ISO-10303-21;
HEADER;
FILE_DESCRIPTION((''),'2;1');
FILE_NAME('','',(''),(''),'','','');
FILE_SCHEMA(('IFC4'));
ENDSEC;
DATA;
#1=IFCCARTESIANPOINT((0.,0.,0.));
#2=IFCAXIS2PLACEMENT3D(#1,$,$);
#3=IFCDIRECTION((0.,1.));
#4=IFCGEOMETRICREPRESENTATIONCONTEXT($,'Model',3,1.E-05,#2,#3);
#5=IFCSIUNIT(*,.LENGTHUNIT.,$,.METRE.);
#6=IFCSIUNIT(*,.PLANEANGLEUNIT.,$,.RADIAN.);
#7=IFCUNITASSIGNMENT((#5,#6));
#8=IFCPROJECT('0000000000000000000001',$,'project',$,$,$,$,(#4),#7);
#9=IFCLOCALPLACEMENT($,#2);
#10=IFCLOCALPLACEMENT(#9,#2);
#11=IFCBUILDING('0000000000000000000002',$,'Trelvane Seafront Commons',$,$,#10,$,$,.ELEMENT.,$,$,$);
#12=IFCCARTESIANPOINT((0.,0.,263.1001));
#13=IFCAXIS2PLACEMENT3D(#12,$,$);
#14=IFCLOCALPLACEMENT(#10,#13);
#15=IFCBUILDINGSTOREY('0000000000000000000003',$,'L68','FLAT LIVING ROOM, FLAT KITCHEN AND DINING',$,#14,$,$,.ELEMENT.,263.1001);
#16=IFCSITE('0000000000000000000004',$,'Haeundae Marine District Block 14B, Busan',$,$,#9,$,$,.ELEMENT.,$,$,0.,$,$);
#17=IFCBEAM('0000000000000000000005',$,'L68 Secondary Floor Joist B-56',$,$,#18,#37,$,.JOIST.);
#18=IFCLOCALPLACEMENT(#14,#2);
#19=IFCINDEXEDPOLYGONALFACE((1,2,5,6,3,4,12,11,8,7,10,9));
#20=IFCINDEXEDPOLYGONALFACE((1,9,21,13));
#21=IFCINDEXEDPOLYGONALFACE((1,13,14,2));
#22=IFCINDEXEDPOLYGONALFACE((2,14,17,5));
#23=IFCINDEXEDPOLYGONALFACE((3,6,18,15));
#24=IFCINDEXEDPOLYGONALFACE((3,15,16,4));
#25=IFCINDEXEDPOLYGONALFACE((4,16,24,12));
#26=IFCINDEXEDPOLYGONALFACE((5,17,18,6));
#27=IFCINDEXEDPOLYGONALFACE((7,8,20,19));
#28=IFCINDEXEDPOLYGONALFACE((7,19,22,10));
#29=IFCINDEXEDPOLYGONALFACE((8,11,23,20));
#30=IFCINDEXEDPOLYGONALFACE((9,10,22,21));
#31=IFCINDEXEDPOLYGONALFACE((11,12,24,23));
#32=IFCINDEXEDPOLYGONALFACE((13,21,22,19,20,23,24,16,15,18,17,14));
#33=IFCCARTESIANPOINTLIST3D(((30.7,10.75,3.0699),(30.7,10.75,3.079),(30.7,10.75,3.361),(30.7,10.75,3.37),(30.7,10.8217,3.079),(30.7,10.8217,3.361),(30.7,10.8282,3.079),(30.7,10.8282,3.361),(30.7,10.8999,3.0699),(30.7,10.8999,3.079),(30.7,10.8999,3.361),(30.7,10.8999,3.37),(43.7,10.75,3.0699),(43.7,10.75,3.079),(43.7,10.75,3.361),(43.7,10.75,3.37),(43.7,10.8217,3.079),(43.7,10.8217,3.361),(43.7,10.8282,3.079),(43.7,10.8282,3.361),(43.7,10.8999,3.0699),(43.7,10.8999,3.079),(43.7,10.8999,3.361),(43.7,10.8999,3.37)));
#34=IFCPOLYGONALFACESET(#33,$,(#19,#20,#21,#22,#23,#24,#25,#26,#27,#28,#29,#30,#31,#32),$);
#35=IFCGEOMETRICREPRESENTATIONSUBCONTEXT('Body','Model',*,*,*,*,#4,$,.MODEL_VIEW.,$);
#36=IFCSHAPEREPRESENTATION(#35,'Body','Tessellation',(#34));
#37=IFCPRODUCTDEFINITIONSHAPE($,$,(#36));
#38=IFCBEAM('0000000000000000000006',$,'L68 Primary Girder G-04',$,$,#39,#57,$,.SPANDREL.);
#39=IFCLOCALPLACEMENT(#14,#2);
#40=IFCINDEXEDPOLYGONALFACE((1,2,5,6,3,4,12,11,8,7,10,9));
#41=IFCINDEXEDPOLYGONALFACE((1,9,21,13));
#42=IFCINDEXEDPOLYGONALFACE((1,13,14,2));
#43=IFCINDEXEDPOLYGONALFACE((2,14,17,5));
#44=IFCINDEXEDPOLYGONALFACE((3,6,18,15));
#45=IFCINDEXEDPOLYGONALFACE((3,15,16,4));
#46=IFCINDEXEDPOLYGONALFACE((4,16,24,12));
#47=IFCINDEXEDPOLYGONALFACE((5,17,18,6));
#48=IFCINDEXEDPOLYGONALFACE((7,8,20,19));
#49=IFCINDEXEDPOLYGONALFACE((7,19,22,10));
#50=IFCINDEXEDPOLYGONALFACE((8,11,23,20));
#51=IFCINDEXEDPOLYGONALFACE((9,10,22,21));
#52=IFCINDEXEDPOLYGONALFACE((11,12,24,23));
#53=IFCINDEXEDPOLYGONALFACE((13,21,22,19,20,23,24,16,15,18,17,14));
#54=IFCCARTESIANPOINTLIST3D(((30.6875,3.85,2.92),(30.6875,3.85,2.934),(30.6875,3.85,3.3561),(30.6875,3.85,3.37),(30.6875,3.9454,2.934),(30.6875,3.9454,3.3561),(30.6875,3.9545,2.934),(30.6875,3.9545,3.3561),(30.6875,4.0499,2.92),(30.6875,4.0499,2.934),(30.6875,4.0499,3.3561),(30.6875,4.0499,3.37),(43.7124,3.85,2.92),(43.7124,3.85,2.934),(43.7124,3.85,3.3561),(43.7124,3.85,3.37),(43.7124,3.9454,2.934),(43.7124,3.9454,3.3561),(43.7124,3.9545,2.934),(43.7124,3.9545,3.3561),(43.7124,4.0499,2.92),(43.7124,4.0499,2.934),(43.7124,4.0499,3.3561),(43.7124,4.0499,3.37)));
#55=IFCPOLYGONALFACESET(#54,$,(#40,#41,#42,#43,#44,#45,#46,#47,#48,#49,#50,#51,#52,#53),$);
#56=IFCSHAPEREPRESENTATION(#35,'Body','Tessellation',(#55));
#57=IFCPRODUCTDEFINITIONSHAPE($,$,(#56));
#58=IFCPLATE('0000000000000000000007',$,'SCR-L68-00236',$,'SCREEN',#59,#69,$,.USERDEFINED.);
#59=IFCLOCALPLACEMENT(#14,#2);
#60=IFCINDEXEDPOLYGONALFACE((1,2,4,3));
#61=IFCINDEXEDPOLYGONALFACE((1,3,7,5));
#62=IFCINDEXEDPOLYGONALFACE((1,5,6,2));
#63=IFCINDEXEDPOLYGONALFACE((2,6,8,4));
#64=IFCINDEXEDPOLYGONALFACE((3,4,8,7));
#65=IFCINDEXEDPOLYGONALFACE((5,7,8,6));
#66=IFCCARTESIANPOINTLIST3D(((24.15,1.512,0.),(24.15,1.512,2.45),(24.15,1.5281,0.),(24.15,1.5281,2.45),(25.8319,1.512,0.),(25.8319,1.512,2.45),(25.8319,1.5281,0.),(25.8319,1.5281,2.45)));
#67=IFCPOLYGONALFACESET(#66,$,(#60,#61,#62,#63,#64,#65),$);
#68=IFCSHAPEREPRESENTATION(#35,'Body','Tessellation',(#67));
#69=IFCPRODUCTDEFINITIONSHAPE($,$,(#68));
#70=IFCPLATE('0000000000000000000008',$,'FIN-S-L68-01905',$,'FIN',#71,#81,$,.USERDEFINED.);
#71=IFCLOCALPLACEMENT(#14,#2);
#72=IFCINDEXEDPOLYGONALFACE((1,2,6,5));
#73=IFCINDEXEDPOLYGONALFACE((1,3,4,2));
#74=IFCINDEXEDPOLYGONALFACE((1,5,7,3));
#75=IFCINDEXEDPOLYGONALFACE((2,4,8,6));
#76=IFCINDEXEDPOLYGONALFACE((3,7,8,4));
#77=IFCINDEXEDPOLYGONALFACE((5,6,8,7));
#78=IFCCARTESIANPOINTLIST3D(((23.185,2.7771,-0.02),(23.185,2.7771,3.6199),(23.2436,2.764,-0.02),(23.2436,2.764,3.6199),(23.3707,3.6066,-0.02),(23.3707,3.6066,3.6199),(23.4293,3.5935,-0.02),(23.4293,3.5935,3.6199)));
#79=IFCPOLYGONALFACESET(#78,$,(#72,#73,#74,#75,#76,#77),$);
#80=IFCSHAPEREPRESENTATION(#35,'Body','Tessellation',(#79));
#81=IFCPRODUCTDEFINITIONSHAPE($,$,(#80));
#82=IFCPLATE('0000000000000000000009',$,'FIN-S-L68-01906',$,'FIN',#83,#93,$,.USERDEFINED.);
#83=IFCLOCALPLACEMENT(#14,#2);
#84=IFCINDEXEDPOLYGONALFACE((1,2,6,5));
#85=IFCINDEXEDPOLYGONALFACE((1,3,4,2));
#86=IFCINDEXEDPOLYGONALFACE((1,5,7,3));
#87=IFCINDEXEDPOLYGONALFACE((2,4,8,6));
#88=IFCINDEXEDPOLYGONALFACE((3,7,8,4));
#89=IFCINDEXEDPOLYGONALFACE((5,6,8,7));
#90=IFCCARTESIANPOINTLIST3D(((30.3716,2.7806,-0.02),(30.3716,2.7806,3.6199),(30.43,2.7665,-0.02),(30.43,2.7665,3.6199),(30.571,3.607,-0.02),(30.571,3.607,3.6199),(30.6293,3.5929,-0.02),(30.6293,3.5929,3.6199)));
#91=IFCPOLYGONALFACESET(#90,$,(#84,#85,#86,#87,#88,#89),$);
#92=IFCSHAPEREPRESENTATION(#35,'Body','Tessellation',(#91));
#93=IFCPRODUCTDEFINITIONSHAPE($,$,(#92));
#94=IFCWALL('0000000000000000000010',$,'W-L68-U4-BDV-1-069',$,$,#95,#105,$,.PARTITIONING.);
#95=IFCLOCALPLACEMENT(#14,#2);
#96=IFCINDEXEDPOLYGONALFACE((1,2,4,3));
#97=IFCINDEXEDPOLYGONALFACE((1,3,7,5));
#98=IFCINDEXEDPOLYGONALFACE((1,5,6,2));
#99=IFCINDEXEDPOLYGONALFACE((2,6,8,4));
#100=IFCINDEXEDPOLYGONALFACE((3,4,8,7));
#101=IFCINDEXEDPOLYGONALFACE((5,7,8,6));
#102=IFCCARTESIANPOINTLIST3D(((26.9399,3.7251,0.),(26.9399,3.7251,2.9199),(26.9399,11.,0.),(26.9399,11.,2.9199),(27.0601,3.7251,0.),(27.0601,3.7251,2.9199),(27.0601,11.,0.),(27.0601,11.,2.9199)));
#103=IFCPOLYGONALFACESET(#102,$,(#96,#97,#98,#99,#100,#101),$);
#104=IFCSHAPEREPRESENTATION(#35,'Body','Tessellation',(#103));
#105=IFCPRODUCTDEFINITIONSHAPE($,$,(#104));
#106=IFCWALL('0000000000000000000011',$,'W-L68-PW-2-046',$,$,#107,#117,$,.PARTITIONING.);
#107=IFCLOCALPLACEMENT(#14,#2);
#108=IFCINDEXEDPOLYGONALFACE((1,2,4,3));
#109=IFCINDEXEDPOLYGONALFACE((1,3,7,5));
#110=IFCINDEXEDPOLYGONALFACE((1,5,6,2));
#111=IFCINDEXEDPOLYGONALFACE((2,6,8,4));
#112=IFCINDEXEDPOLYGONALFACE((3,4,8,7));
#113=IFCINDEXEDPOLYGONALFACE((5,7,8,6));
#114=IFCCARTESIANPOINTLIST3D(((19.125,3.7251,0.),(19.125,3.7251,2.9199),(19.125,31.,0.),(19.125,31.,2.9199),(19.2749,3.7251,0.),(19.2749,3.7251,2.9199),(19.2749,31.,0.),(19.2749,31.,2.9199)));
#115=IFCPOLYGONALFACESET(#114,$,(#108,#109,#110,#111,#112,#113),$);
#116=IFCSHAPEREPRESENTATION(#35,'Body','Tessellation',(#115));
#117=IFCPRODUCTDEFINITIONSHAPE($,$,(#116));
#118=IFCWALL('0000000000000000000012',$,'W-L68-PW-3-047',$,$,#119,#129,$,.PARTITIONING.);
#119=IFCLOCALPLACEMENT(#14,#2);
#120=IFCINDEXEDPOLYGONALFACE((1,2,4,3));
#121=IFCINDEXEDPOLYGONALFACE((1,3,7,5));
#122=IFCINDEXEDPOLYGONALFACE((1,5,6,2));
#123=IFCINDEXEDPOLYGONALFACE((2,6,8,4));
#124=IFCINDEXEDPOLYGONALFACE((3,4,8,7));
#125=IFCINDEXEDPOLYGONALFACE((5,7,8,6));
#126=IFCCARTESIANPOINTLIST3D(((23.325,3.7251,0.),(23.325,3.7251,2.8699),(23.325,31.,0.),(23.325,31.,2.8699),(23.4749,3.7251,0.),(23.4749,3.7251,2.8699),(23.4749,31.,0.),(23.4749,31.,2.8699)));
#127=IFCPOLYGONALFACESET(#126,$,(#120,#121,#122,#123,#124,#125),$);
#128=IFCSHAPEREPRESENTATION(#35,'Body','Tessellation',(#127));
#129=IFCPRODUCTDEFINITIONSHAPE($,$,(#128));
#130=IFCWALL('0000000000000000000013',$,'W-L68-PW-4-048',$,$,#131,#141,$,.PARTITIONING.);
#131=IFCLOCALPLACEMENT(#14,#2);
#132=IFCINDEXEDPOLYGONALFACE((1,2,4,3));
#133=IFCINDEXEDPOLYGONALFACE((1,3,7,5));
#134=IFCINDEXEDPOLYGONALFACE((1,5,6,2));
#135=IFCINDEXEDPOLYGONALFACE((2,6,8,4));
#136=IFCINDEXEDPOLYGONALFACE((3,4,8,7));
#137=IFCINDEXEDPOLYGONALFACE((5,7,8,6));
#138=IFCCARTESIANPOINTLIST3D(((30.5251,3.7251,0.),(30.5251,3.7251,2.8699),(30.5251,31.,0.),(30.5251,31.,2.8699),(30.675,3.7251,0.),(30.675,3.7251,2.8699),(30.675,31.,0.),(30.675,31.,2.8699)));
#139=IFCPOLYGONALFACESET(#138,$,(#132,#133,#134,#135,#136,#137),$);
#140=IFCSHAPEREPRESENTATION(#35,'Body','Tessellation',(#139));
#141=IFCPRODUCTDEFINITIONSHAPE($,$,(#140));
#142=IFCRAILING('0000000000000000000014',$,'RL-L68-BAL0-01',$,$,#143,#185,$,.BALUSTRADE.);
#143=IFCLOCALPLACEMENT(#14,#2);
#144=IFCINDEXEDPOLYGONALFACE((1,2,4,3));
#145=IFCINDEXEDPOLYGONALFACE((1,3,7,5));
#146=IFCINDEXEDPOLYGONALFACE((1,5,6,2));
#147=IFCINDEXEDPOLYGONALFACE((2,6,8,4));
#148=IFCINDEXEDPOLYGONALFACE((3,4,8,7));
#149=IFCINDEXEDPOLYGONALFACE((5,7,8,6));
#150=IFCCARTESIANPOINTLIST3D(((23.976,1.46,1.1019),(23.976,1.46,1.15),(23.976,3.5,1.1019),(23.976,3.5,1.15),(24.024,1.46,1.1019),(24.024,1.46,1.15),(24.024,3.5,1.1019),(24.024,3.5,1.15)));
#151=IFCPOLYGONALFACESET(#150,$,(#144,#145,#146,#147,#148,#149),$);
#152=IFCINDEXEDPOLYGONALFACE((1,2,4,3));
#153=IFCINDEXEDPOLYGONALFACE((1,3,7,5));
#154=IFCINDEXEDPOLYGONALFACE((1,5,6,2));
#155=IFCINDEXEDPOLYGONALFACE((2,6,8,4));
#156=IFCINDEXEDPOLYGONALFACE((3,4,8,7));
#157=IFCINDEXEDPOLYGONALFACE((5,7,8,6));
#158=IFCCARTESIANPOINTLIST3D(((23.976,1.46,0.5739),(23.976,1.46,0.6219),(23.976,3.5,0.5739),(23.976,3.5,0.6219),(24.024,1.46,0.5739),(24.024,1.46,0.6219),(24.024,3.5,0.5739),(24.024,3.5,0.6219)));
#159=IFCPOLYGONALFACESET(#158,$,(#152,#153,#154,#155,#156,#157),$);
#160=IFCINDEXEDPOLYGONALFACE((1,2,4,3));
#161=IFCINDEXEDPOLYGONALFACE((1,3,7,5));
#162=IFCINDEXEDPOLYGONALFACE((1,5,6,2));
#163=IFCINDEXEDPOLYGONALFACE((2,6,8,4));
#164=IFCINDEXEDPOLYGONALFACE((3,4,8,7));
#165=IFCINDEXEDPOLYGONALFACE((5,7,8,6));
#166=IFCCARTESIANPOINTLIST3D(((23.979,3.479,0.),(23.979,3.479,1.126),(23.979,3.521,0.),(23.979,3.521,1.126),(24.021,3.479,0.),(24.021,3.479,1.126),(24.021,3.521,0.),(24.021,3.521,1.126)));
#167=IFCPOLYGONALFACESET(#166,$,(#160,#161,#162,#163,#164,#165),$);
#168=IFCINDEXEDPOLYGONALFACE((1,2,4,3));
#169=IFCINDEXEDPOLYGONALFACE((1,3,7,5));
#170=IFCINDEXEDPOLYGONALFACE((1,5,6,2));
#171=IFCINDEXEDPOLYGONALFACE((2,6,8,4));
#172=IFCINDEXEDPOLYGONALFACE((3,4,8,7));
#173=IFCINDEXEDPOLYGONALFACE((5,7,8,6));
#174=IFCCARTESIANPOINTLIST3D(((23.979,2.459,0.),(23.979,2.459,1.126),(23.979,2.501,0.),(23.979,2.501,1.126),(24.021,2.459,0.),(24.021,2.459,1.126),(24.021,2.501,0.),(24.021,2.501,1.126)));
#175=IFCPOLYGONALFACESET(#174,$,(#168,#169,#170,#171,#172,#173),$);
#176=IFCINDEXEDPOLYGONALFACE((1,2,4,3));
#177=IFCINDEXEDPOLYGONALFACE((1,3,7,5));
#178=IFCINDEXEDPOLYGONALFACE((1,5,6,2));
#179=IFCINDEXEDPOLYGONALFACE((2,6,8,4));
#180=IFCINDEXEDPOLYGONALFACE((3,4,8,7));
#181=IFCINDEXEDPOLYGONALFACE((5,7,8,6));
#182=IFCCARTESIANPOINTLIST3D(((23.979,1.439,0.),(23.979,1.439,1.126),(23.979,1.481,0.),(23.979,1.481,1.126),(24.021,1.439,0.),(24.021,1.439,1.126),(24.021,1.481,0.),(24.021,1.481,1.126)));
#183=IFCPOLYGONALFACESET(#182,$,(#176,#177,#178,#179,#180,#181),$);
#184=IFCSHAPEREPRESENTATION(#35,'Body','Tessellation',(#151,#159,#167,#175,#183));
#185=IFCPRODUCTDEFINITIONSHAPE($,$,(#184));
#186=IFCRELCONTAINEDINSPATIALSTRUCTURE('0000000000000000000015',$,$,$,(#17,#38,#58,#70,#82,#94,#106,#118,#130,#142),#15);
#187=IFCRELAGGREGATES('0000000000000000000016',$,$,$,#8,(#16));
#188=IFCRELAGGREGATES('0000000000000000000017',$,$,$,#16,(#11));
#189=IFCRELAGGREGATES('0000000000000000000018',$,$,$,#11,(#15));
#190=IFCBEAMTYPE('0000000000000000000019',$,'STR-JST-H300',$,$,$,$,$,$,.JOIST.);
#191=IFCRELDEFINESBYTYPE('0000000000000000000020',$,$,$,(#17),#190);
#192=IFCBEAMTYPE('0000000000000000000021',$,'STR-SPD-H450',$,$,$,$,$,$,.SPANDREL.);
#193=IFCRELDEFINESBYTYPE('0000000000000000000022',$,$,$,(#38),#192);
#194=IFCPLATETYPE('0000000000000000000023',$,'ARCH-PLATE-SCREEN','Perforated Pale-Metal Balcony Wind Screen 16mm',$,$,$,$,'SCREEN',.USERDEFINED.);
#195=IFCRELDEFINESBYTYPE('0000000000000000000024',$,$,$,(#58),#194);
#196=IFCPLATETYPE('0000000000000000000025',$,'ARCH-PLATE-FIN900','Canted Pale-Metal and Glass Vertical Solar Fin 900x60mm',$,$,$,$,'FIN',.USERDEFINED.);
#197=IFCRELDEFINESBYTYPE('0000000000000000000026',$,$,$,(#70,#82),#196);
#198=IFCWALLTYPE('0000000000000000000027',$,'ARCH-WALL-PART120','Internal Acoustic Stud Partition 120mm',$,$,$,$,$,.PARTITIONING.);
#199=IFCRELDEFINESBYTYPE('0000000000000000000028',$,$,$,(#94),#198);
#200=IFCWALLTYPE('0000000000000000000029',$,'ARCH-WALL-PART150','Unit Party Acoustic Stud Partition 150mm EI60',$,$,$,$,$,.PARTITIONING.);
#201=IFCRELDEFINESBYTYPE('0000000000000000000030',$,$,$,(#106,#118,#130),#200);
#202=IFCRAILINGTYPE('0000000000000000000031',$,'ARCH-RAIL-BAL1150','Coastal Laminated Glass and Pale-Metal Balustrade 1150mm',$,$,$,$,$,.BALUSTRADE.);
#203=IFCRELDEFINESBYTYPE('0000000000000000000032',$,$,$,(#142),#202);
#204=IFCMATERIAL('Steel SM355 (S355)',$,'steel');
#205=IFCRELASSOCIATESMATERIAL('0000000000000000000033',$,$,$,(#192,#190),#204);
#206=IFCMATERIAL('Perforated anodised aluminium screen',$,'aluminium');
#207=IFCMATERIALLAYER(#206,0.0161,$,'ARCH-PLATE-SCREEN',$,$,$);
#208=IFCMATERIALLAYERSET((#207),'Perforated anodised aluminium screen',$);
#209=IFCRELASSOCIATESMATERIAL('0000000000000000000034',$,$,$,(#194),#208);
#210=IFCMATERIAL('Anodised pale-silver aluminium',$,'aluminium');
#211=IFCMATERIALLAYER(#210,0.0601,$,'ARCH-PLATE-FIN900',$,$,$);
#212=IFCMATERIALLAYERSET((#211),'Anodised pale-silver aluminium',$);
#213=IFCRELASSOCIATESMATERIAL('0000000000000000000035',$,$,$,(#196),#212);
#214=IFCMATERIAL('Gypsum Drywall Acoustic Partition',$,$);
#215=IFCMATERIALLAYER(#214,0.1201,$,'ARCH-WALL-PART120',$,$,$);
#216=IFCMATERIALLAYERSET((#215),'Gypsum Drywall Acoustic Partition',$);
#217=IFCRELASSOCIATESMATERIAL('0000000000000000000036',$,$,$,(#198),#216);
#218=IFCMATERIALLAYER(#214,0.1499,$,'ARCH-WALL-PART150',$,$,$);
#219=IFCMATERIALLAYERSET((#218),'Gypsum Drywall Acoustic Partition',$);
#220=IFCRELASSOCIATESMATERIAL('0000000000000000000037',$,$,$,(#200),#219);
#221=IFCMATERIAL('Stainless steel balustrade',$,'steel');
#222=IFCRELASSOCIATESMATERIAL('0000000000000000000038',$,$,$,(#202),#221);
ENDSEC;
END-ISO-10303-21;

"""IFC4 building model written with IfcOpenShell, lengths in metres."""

from ifc_helpers import new_model, si_unit, direction, frame, frame_2d, origin, origin_2d, place, context, subcontext, project, spatial, rectangle, i_section, extrude, source, transform, mapped, material, layer, layer_set, material_profile, profile_set, type_object, element, save


model = new_model("IFC4")

# Units and contexts
model_context = context("Model", 3, precision=1e-05, world=origin(), true_north=direction((0.0, 1.0)))
body_context = subcontext(model_context, "Body", "Model", "MODEL_VIEW")
ifc_project = project(units=[si_unit("LENGTHUNIT", "METRE"), si_unit("PLANEANGLEUNIT", "RADIAN")], contexts=[model_context])

# Site, building, storey
site_placement = place(None, origin())
site = spatial("IfcSite", under=ifc_project, at=site_placement, Name="Haeundae Marine District Block 14B, Busan", CompositionType="ELEMENT", RefElevation=0.0)
building_placement = place(site_placement, origin())
building = spatial("IfcBuilding", under=site, at=building_placement, Name="Trelvane Seafront Commons", CompositionType="ELEMENT")
storey_placement = place(building_placement, frame((0.0, 0.0, 263.1001)))
storey = spatial("IfcBuildingStorey", under=building, at=storey_placement, Name="L68", Description="FLAT LIVING ROOM, FLAT KITCHEN AND DINING", CompositionType="ELEMENT", Elevation=263.1001)

# Shared definitions
ifc_material_1 = material(Name="Steel SM355 (S355)", Category="steel")

# Beams
ifc_material_profile_1 = material_profile(ifc_material_1, i_section(OverallWidth=0.2, OverallDepth=0.45, WebThickness=0.009, FlangeThickness=0.0139, at=origin_2d()), Name="H-450x200x9x14")
ifc_profile_set_1 = profile_set([ifc_material_profile_1], Name="Steel SM355 (S355)")
beam_type_1 = type_object("IfcBeamType", Name="STR-SPD-H450", PredefinedType="SPANDREL", material=ifc_profile_set_1)
ifc_material_profile_2 = material_profile(ifc_material_1, i_section(OverallWidth=0.1499, OverallDepth=0.3, WebThickness=0.0066, FlangeThickness=0.009, at=origin_2d()), Name="H-300x150x6.5x9")
ifc_profile_set_2 = profile_set([ifc_material_profile_2], Name="Steel SM355 (S355)")
beam_type_2 = type_object("IfcBeamType", Name="STR-JST-H300", PredefinedType="JOIST", material=ifc_profile_set_2)
shared_shape_1 = source(origin(), body_context, "Body", "SweptSolid", [
    extrude(i_section(OverallWidth=0.1499, OverallDepth=0.3, WebThickness=0.0066, FlangeThickness=0.009, at=origin_2d()), origin(), (0.0, 0.0, 1.0), 13.0),
])
beam_1_placement = place(storey_placement, frame((30.7, 10.825, 3.22), z_axis=(1.0, 0.0, 0.0), x_axis=(0.0, 1.0, 0.0)))
element("IfcBeam", 1, at=beam_1_placement, inside=storey, type_object=beam_type_2, Name="L68 Secondary Floor Joist B-56", PredefinedType="JOIST", context=body_context, shape_type="MappedRepresentation", body=[
    mapped(shared_shape_1, transform((0.0, 0.0, 0.0), x_axis=(1.0, 0.0, 0.0), y_axis=(0.0, 1.0, 0.0), z_axis=(0.0, 0.0, 1.0), scale=1.0)),
])
shared_shape_2 = source(origin(), body_context, "Body", "SweptSolid", [
    extrude(i_section(OverallWidth=0.2, OverallDepth=0.45, WebThickness=0.009, FlangeThickness=0.0139, at=origin_2d()), origin(), (0.0, 0.0, 1.0), 13.0249),
])
beam_2_placement = place(storey_placement, frame((30.6875, 3.95, 3.145), z_axis=(1.0, 0.0, 0.0), x_axis=(0.0, 1.0, 0.0)))
element("IfcBeam", 2, at=beam_2_placement, inside=storey, type_object=beam_type_1, Name="L68 Primary Girder G-04", PredefinedType="SPANDREL", context=body_context, shape_type="MappedRepresentation", body=[
    mapped(shared_shape_2, transform((0.0, 0.0, 0.0), x_axis=(1.0, 0.0, 0.0), y_axis=(0.0, 1.0, 0.0), z_axis=(0.0, 0.0, 1.0), scale=1.0)),
])

# Plates
ifc_material_2 = material(Name="Perforated anodised aluminium screen", Category="aluminium")
ifc_layer_1 = layer(ifc_material_2, 0.0161, Name="ARCH-PLATE-SCREEN")
ifc_layer_set_1 = layer_set([ifc_layer_1], Name="Perforated anodised aluminium screen")
plate_type_1 = type_object("IfcPlateType", Name="ARCH-PLATE-SCREEN", Description="Perforated Pale-Metal Balcony Wind Screen 16mm", ElementType="SCREEN", PredefinedType="USERDEFINED", material=ifc_layer_set_1)
shared_shape_3 = source(origin(), body_context, "Body", "SweptSolid", [
    extrude(rectangle(XDim=1.6819, YDim=0.0161, at=origin_2d()), origin(), (0.0, 0.0, 1.0), 2.45),
])
plate_placement = place(storey_placement, frame((24.991, 1.52, 0.0), z_axis=(0.0, 0.0, 1.0), x_axis=(1.0, 0.0, 0.0)))
element("IfcPlate", 3, at=plate_placement, inside=storey, type_object=plate_type_1, Name="SCR-L68-00236", ObjectType="SCREEN", PredefinedType="USERDEFINED", context=body_context, shape_type="MappedRepresentation", body=[
    mapped(shared_shape_3, transform((0.0, 0.0, 0.0), x_axis=(1.0, 0.0, 0.0), y_axis=(0.0, 1.0, 0.0), z_axis=(0.0, 0.0, 1.0), scale=1.0)),
])
ifc_material_3 = material(Name="Anodised pale-silver aluminium", Category="aluminium")
ifc_layer_2 = layer(ifc_material_3, 0.0601, Name="ARCH-PLATE-FIN900")
ifc_layer_set_2 = layer_set([ifc_layer_2], Name="Anodised pale-silver aluminium")
plate_type_2 = type_object("IfcPlateType", Name="ARCH-PLATE-FIN900", Description="Canted Pale-Metal and Glass Vertical Solar Fin 900x60mm", ElementType="FIN", PredefinedType="USERDEFINED", material=ifc_layer_set_2)
shared_shape_4 = source(origin(), body_context, "Body", "SweptSolid", [
    extrude(rectangle(XDim=0.8501, YDim=0.0601, at=origin_2d()), origin(), (0.0, 0.0, 1.0), 3.6399),
])
for number, where, z_axis, x_axis, name in (
    (4, (23.3071, 3.1853, -0.02), (0.0, 0.0, 1.0), (-0.218462, -0.975846, 0.0), "FIN-S-L68-01905"),
    (5, (30.5005, 3.1868, -0.02), (0.0, 0.0, 1.0), (-0.234472, -0.972123, 0.0), "FIN-S-L68-01906"),
):
    element("IfcPlate", number, at=place(storey_placement, frame(where, z_axis=z_axis, x_axis=x_axis)), inside=storey, type_object=plate_type_2, Name=name, ObjectType="FIN", PredefinedType="USERDEFINED", context=body_context, shape_type="MappedRepresentation", body=[
        mapped(shared_shape_4, transform((0.0, 0.0, 0.0), x_axis=(1.0, 0.0, 0.0), y_axis=(0.0, 1.0, 0.0), z_axis=(0.0, 0.0, 1.0), scale=1.0)),
    ])

# Shared definitions
ifc_material_4 = material(Name="Gypsum Drywall Acoustic Partition")
ifc_layer_3 = layer(ifc_material_4, 0.1201, Name="ARCH-WALL-PART120")
ifc_layer_set_3 = layer_set([ifc_layer_3], Name="Gypsum Drywall Acoustic Partition")
wall_type_1 = type_object("IfcWallType", Name="ARCH-WALL-PART120", Description="Internal Acoustic Stud Partition 120mm", PredefinedType="PARTITIONING", material=ifc_layer_set_3)

# Walls
wall_1_placement = place(storey_placement, frame((27.0, 3.7251, 0.0), z_axis=(0.0, 0.0, 1.0), x_axis=(0.0, 1.0, 0.0)))
element("IfcWall", 6, at=wall_1_placement, inside=storey, type_object=wall_type_1, Name="W-L68-U4-BDV-1-069", PredefinedType="PARTITIONING", context=body_context, shape_type="SweptSolid", body=[
    extrude(rectangle(XDim=7.2749, YDim=0.1201, at=frame_2d((3.6375, 0.0))), origin(), (0.0, 0.0, 1.0), 2.9199),
])
ifc_layer_4 = layer(ifc_material_4, 0.1499, Name="ARCH-WALL-PART150")
ifc_layer_set_4 = layer_set([ifc_layer_4], Name="Gypsum Drywall Acoustic Partition")
wall_type_2 = type_object("IfcWallType", Name="ARCH-WALL-PART150", Description="Unit Party Acoustic Stud Partition 150mm EI60", PredefinedType="PARTITIONING", material=ifc_layer_set_4)
wall_2_placement = place(storey_placement, frame((19.2, 3.7251, 0.0), z_axis=(0.0, 0.0, 1.0), x_axis=(0.0, 1.0, 0.0)))
element("IfcWall", 7, at=wall_2_placement, inside=storey, type_object=wall_type_2, Name="W-L68-PW-2-046", PredefinedType="PARTITIONING", context=body_context, shape_type="SweptSolid", body=[
    extrude(rectangle(XDim=27.2749, YDim=0.1499, at=frame_2d((13.6375, 0.0))), origin(), (0.0, 0.0, 1.0), 2.9199),
])
for number, where, z_axis, x_axis, name in (
    (8, (23.3999, 3.7251, 0.0), (0.0, 0.0, 1.0), (0.0, 1.0, 0.0), "W-L68-PW-3-047"),
    (9, (30.6001, 3.7251, 0.0), (0.0, 0.0, 1.0), (0.0, 1.0, 0.0), "W-L68-PW-4-048"),
):
    element("IfcWall", number, at=place(storey_placement, frame(where, z_axis=z_axis, x_axis=x_axis)), inside=storey, type_object=wall_type_2, Name=name, PredefinedType="PARTITIONING", context=body_context, shape_type="SweptSolid", body=[
        extrude(rectangle(XDim=27.2749, YDim=0.1499, at=frame_2d((13.6375, 0.0))), origin(), (0.0, 0.0, 1.0), 2.8699),
    ])

# Railing
ifc_material_5 = material(Name="Stainless steel balustrade", Category="steel")
railing_type = type_object("IfcRailingType", Name="ARCH-RAIL-BAL1150", Description="Coastal Laminated Glass and Pale-Metal Balustrade 1150mm", PredefinedType="BALUSTRADE", material=ifc_material_5)
railing_1_placement = place(storey_placement, frame((24.0, 3.5, 0.0)))
element("IfcRailing", 10, at=railing_1_placement, inside=storey, type_object=railing_type, Name="RL-L68-BAL0-01", PredefinedType="BALUSTRADE", context=body_context, shape_type="SweptSolid", body=[
    extrude(rectangle(XDim=0.0481, YDim=0.0481, at=origin_2d()), frame((0.0, 0.0, 1.126), z_axis=(0.0, -1.0, 0.0), x_axis=(1.0, 0.0, 0.0)), (0.0, 0.0, 1.0), 2.04),
    extrude(rectangle(XDim=0.0481, YDim=0.0481, at=origin_2d()), frame((0.0, 0.0, 0.5979), z_axis=(0.0, -1.0, 0.0), x_axis=(1.0, 0.0, 0.0)), (0.0, 0.0, 1.0), 2.04),
    extrude(rectangle(XDim=0.042, YDim=0.042, at=origin_2d()), origin(), (0.0, 0.0, 1.0), 1.126),
    extrude(rectangle(XDim=0.042, YDim=0.042, at=origin_2d()), frame((0.0, -1.02, 0.0)), (0.0, 0.0, 1.0), 1.126),
    extrude(rectangle(XDim=0.042, YDim=0.042, at=origin_2d()), frame((0.0, -2.04, 0.0)), (0.0, 0.0, 1.0), 1.126),
])

save(model, "model.ifc")
